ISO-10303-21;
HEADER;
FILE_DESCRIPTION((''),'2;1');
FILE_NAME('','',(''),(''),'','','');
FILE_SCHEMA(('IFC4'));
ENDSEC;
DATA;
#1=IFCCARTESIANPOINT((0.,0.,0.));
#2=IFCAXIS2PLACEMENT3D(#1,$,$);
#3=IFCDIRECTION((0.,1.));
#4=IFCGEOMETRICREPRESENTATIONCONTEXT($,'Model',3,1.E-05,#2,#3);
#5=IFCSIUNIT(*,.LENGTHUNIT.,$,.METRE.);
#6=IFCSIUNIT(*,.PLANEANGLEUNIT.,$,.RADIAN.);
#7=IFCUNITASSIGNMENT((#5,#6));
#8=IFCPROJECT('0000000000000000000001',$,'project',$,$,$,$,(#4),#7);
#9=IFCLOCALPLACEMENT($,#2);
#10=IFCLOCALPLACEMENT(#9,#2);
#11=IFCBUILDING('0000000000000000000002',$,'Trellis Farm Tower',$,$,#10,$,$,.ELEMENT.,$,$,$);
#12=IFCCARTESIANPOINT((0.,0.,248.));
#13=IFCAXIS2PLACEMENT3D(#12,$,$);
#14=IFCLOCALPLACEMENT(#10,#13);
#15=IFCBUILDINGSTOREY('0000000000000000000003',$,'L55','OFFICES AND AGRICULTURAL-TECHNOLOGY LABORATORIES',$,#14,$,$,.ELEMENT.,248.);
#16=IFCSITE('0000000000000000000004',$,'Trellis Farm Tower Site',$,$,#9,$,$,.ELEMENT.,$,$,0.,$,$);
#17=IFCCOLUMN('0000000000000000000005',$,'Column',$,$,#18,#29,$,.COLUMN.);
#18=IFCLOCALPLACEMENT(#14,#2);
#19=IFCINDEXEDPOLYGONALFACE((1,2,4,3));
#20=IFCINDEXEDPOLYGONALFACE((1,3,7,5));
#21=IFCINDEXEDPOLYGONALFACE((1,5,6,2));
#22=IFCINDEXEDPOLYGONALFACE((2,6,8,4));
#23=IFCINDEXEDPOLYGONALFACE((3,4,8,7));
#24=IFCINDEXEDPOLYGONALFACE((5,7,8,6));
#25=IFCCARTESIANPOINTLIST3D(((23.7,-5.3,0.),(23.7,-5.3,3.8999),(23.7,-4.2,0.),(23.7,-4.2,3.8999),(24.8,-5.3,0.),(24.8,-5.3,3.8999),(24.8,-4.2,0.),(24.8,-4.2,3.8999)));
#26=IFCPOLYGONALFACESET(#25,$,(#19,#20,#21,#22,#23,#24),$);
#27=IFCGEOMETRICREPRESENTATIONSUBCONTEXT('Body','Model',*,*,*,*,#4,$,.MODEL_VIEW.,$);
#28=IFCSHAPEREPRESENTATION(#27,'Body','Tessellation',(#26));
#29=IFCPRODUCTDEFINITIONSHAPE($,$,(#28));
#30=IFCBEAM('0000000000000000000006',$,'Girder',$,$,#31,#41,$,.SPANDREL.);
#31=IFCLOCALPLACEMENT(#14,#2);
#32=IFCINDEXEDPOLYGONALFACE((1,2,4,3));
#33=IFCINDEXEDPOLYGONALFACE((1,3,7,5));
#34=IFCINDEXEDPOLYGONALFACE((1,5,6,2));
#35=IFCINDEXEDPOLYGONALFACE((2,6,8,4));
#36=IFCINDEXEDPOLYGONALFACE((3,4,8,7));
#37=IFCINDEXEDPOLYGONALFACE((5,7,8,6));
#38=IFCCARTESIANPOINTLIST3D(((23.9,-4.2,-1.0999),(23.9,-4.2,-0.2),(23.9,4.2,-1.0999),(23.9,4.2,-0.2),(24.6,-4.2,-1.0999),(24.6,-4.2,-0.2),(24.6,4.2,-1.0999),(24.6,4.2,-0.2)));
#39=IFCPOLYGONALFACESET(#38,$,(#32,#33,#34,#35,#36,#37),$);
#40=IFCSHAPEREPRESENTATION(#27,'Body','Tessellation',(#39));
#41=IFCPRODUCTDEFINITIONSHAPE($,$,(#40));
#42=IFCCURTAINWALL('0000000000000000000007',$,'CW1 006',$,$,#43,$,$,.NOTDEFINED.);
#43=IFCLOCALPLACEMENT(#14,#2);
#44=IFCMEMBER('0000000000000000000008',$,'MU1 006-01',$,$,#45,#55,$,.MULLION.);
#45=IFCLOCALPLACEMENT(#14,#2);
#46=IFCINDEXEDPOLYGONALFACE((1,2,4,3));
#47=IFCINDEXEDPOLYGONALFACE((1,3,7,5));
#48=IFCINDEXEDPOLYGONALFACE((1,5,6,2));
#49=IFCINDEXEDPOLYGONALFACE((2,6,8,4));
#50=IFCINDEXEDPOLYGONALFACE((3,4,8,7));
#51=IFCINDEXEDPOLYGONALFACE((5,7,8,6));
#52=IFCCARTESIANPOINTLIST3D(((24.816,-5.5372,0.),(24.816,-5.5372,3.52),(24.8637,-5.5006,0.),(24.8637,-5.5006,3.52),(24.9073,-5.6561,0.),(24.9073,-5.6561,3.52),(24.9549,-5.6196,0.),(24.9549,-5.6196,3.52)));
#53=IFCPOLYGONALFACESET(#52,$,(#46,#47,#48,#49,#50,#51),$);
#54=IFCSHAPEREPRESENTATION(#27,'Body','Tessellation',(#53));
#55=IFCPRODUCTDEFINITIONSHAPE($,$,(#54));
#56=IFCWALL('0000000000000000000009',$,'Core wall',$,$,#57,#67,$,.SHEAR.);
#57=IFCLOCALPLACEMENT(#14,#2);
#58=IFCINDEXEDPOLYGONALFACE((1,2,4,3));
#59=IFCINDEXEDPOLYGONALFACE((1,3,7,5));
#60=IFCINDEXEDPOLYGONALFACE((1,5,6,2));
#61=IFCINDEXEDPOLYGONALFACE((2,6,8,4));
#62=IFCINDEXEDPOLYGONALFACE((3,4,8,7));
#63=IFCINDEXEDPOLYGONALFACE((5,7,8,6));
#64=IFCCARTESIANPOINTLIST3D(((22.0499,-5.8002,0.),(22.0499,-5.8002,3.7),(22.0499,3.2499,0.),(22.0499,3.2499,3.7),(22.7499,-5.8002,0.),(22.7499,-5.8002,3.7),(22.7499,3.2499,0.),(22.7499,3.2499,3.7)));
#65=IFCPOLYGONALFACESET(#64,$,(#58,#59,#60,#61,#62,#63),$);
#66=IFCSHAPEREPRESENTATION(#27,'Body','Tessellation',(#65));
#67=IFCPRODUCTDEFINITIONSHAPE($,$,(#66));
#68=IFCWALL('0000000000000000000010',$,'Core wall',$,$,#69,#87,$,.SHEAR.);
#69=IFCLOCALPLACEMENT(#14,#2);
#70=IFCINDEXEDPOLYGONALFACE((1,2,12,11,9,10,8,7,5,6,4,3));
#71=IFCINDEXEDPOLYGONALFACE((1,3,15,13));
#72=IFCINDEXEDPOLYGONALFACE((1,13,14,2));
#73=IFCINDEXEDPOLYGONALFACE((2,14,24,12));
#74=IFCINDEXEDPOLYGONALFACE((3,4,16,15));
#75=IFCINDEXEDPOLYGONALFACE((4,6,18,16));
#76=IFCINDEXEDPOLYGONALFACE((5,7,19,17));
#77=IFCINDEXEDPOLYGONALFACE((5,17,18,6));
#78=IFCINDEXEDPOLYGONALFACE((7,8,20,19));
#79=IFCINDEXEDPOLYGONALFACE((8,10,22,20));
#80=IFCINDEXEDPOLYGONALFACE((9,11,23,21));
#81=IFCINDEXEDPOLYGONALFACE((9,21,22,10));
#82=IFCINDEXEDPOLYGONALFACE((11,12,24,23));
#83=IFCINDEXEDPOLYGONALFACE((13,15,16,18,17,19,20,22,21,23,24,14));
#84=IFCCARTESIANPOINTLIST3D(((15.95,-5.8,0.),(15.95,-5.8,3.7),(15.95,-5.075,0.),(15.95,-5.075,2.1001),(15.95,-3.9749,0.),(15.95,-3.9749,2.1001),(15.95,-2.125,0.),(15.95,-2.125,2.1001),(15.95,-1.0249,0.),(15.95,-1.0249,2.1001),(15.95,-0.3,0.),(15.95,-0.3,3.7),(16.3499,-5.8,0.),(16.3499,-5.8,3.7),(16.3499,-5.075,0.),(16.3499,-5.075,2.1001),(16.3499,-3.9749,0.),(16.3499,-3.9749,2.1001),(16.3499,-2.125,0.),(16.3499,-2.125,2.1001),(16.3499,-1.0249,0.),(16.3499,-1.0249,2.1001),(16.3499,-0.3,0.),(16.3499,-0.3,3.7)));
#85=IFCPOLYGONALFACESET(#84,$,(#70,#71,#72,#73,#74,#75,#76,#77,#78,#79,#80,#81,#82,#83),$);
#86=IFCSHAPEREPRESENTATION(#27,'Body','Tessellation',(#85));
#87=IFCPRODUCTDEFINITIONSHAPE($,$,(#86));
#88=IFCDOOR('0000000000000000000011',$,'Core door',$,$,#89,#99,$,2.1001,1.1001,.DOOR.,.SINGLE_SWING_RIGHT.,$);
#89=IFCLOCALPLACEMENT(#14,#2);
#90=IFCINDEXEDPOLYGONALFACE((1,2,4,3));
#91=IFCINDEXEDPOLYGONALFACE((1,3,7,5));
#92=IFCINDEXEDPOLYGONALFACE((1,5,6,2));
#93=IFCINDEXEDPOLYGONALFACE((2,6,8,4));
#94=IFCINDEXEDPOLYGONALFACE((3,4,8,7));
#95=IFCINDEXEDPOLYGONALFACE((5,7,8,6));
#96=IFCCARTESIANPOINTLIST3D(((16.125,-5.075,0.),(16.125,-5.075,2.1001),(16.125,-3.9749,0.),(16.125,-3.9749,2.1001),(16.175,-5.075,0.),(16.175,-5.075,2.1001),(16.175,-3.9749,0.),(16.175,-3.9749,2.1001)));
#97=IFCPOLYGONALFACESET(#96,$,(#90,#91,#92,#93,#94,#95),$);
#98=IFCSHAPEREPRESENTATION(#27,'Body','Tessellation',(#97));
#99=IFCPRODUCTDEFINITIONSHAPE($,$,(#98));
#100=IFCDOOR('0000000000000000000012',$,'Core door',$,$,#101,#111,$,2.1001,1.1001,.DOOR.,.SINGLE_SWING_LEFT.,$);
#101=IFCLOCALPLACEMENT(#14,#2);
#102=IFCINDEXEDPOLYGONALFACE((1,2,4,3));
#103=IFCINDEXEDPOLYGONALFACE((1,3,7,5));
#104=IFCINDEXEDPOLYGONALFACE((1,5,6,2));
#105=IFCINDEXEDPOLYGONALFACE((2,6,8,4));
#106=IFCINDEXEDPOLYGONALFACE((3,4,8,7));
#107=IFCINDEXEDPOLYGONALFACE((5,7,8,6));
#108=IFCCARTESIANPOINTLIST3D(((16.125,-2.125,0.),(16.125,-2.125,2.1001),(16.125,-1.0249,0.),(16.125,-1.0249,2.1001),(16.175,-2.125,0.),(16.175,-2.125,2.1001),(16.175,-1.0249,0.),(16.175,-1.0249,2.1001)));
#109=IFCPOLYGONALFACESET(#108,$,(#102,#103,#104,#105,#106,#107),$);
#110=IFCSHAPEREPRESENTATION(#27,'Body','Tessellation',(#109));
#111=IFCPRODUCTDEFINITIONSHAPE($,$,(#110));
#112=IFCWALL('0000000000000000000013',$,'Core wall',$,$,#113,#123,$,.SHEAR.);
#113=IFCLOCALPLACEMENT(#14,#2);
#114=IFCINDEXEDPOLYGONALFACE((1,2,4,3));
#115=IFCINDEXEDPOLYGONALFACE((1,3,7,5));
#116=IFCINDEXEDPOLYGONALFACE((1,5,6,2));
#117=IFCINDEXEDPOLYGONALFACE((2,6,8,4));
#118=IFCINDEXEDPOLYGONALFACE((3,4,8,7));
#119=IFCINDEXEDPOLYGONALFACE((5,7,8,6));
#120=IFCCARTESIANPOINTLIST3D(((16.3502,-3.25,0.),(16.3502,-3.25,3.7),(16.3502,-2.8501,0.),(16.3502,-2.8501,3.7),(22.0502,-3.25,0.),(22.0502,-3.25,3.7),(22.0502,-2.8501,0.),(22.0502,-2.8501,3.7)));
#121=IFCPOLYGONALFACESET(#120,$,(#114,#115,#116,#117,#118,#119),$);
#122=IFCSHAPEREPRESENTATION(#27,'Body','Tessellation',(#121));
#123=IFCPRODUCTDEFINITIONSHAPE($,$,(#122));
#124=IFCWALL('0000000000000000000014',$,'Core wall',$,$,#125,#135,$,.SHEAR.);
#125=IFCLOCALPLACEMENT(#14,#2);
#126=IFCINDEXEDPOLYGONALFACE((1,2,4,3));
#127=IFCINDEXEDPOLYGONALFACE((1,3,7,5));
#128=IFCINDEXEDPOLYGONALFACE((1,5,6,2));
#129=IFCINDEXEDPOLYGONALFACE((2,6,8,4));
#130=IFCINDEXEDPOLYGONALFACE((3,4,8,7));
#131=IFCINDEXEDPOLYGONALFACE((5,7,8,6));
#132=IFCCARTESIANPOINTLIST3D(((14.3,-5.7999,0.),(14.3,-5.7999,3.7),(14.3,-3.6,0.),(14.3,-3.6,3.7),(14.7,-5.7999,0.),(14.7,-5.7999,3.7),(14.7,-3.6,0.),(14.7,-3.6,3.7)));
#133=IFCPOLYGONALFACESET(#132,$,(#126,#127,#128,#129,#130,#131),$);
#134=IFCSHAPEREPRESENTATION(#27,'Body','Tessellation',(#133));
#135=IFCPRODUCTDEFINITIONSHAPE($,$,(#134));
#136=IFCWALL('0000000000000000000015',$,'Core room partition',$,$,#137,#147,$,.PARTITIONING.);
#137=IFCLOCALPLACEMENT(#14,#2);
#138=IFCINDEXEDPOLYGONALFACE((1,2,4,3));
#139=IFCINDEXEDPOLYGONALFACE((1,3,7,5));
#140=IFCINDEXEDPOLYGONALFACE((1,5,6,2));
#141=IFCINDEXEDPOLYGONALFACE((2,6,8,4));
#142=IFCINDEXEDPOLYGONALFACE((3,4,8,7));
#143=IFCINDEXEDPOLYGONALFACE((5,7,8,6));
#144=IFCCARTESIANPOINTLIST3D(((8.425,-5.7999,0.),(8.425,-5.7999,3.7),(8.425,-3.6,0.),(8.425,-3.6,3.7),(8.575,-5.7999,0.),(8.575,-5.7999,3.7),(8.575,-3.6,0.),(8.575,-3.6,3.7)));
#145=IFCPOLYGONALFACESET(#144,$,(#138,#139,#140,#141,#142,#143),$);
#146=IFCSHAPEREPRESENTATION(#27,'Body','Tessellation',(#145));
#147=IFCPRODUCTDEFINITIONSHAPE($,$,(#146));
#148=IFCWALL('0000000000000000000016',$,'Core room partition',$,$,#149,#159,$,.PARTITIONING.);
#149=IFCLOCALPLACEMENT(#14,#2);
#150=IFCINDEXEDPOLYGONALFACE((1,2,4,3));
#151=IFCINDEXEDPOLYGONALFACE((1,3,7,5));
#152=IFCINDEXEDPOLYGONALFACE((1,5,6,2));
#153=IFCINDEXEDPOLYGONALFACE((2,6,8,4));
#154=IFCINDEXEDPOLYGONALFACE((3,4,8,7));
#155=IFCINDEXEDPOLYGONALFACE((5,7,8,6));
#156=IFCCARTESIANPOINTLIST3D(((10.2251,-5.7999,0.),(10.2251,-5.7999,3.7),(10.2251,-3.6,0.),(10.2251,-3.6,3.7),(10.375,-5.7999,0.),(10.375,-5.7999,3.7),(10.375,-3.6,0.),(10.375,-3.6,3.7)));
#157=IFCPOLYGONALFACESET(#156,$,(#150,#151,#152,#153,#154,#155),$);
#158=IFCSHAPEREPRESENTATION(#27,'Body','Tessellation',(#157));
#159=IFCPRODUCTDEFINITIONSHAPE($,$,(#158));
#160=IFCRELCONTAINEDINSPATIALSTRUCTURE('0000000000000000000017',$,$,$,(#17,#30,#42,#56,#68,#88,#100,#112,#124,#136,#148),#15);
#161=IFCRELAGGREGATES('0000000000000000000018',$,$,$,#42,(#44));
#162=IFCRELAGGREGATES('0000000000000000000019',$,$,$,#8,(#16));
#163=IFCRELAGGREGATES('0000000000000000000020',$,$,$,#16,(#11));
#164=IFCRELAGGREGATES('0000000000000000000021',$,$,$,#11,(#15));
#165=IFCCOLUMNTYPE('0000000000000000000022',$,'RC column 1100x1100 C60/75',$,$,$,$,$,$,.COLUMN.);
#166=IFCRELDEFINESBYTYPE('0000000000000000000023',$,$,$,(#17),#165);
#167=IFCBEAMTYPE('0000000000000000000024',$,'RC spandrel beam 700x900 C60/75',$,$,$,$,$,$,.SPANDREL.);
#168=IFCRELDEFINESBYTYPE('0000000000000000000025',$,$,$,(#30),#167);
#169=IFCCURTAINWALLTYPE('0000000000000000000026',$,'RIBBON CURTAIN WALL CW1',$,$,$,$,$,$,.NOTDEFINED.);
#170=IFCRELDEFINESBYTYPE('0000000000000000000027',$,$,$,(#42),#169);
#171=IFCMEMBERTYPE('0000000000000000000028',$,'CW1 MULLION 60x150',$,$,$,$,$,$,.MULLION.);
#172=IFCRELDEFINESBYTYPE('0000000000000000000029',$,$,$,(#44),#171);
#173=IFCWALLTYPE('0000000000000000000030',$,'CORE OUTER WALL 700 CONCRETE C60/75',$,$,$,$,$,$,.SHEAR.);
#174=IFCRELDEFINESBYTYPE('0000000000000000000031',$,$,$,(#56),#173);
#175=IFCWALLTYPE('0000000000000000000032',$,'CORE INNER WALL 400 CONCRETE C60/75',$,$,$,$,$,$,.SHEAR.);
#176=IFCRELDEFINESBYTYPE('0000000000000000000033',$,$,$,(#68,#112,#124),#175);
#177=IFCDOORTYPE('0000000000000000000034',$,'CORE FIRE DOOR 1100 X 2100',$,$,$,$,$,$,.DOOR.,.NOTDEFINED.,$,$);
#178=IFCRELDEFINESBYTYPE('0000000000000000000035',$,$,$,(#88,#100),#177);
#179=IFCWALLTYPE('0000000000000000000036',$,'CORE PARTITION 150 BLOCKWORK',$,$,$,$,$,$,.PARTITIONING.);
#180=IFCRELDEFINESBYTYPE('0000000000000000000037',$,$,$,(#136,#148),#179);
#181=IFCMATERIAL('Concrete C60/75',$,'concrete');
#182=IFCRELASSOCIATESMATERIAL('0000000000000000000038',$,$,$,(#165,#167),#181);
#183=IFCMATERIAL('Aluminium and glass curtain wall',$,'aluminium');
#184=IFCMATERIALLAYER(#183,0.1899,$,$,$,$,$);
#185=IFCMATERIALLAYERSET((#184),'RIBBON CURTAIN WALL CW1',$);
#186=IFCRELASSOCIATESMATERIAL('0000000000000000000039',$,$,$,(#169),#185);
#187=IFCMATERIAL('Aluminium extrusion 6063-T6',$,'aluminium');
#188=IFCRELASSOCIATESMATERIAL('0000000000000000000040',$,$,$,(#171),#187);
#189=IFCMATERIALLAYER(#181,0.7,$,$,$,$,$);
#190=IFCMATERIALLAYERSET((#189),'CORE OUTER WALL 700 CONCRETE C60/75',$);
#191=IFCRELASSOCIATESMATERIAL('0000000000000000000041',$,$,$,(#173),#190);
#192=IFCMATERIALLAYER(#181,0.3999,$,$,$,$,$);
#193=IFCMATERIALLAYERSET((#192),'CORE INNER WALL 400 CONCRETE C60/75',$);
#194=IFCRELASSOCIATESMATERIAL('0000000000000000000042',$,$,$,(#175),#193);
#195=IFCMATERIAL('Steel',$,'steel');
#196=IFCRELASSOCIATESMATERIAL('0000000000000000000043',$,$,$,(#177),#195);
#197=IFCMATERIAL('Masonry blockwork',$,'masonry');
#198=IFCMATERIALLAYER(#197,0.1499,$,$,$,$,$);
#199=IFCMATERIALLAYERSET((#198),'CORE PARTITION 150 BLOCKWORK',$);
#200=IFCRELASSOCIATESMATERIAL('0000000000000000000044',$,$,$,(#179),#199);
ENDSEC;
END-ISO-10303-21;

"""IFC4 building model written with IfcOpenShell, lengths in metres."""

from ifc_helpers import new_model, si_unit, direction, frame, frame_2d, origin, origin_2d, place, context, subcontext, project, spatial, rectangle, extrude, source, transform, mapped, material, layer, layer_set, material_profile, profile_set, type_object, element, fill, aggregate, save


model = new_model("IFC4")

# Units and contexts
model_context = context("Model", 3, precision=1e-05, world=origin(), true_north=direction((0.0, 1.0)))
body_context = subcontext(model_context, "Body", "Model", "MODEL_VIEW")
ifc_project = project(units=[si_unit("LENGTHUNIT", "METRE"), si_unit("PLANEANGLEUNIT", "RADIAN")], contexts=[model_context])

# Site, building, storey
site_placement = place(None, origin())
site = spatial("IfcSite", under=ifc_project, at=site_placement, Name="Trellis Farm Tower Site", CompositionType="ELEMENT", RefElevation=0.0)
building_placement = place(site_placement, origin())
building = spatial("IfcBuilding", under=site, at=building_placement, Name="Trellis Farm Tower", CompositionType="ELEMENT")
storey_placement = place(building_placement, frame((0.0, 0.0, 248.0)))
storey = spatial("IfcBuildingStorey", under=building, at=storey_placement, Name="L55", Description="OFFICES AND AGRICULTURAL-TECHNOLOGY LABORATORIES", CompositionType="ELEMENT", Elevation=248.0)

# Column
ifc_material_1 = material(Name="Concrete C60/75", Category="concrete")
ifc_material_profile_1 = material_profile(ifc_material_1, rectangle(XDim=1.1001, YDim=1.1001, at=origin_2d()), Name="RC column 1100x1100 C60/75")
ifc_profile_set_1 = profile_set([ifc_material_profile_1], Name="Concrete C60/75")
column_type = type_object("IfcColumnType", Name="RC column 1100x1100 C60/75", PredefinedType="COLUMN", material=ifc_profile_set_1)
shared_shape_1 = source(origin(), body_context, "Body", "SweptSolid", [
    extrude(rectangle(XDim=1.1001, YDim=1.1001, at=origin_2d()), origin(), (0.0, 0.0, 1.0), 3.8999),
])
column_placement = place(storey_placement, frame((24.25, -4.75, 0.0), z_axis=(0.0, 0.0, 1.0), x_axis=(1.0, 0.0, 0.0)))
element("IfcColumn", 1, at=column_placement, inside=storey, type_object=column_type, Name="Column", PredefinedType="COLUMN", context=body_context, shape_type="MappedRepresentation", body=[
    mapped(shared_shape_1, transform((0.0, 0.0, 0.0))),
])

# Beam
ifc_material_profile_2 = material_profile(ifc_material_1, rectangle(XDim=0.7, YDim=0.8999, at=origin_2d()), Name="RC spandrel beam 700x900 C60/75")
ifc_profile_set_2 = profile_set([ifc_material_profile_2], Name="Concrete C60/75")
beam_type = type_object("IfcBeamType", Name="RC spandrel beam 700x900 C60/75", PredefinedType="SPANDREL", material=ifc_profile_set_2)
shared_shape_2 = source(origin(), body_context, "Body", "SweptSolid", [
    extrude(rectangle(XDim=0.7, YDim=0.8999, at=origin_2d()), origin(), (0.0, 0.0, 1.0), 8.3999),
])
beam_placement = place(storey_placement, frame((24.25, -4.2, -0.6499), z_axis=(0.0, 1.0, 0.0), x_axis=(-1.0, 0.0, 0.0)))
element("IfcBeam", 2, at=beam_placement, inside=storey, type_object=beam_type, Name="Girder", PredefinedType="SPANDREL", context=body_context, shape_type="MappedRepresentation", body=[
    mapped(shared_shape_2, transform((0.0, 0.0, 0.0))),
])

# Curtain wall, member
ifc_material_2 = material(Name="Aluminium and glass curtain wall", Category="aluminium")
ifc_layer_1 = layer(ifc_material_2, 0.1899)
ifc_layer_set_1 = layer_set([ifc_layer_1], Name="RIBBON CURTAIN WALL CW1")
curtain_wall_type = type_object("IfcCurtainWallType", Name="RIBBON CURTAIN WALL CW1", PredefinedType="NOTDEFINED", material=ifc_layer_set_1)
placement = place(storey_placement, origin())
curtain_wall = element("IfcCurtainWall", 3, at=placement, inside=storey, type_object=curtain_wall_type, Name="CW1 006", PredefinedType="NOTDEFINED")
ifc_material_3 = material(Name="Aluminium extrusion 6063-T6", Category="aluminium")
ifc_material_profile_3 = material_profile(ifc_material_3, rectangle(XDim=0.0601, YDim=0.1499, at=origin_2d()), Name="MULLION 60x150")
ifc_profile_set_3 = profile_set([ifc_material_profile_3], Name="Aluminium extrusion 6063-T6")
member_type = type_object("IfcMemberType", Name="CW1 MULLION 60x150", PredefinedType="MULLION", material=ifc_profile_set_3)
shared_shape_3 = source(origin(), body_context, "Body", "SweptSolid", [
    extrude(rectangle(XDim=0.0601, YDim=0.1499, at=origin_2d()), origin(), (0.0, 0.0, 1.0), 3.52),
])
member_placement = place(storey_placement, frame((24.8855, -5.5784, 0.0), z_axis=(0.0, 0.0, 1.0), x_axis=(0.793353, 0.608761, 0.0)))
member = element("IfcMember", 4, at=member_placement, type_object=member_type, Name="MU1 006-01", PredefinedType="MULLION", context=body_context, shape_type="MappedRepresentation", body=[
    mapped(shared_shape_3, transform((0.0, 0.0, 0.0))),
])
aggregate(curtain_wall, [member])

# Wall
ifc_layer_2 = layer(ifc_material_1, 0.7)
ifc_layer_set_2 = layer_set([ifc_layer_2], Name="CORE OUTER WALL 700 CONCRETE C60/75")
wall_type_1 = type_object("IfcWallType", Name="CORE OUTER WALL 700 CONCRETE C60/75", PredefinedType="SHEAR", material=ifc_layer_set_2)
shared_shape_4 = source(origin(), body_context, "Body", "SweptSolid", [
    extrude(rectangle(XDim=9.05, YDim=0.7, at=frame_2d((4.5249, 0.0))), origin(), (0.0, 0.0, 1.0), 3.7),
])
wall_1_placement = place(storey_placement, frame((22.3999, -5.8, 0.0), z_axis=(0.0, 0.0, 1.0), x_axis=(0.0, 1.0, 0.0)))
element("IfcWall", 5, at=wall_1_placement, inside=storey, type_object=wall_type_1, Name="Core wall", PredefinedType="SHEAR", context=body_context, shape_type="MappedRepresentation", body=[
    mapped(shared_shape_4, transform((0.0, 0.0, 0.0))),
])

# Wall, openings, doors
ifc_layer_3 = layer(ifc_material_1, 0.3999)
ifc_layer_set_3 = layer_set([ifc_layer_3], Name="CORE INNER WALL 400 CONCRETE C60/75")
wall_type_2 = type_object("IfcWallType", Name="CORE INNER WALL 400 CONCRETE C60/75", PredefinedType="SHEAR", material=ifc_layer_set_3)
shared_shape_5 = source(origin(), body_context, "Body", "SweptSolid", [
    extrude(rectangle(XDim=5.5, YDim=0.3999, at=frame_2d((2.75, 0.0))), origin(), (0.0, 0.0, 1.0), 3.7),
])
wall_2_placement = place(storey_placement, frame((16.1499, -5.8, 0.0), z_axis=(0.0, 0.0, 1.0), x_axis=(0.0, 1.0, 0.0)))
wall_2 = element("IfcWall", 6, at=wall_2_placement, inside=storey, type_object=wall_type_2, Name="Core wall", PredefinedType="SHEAR", context=body_context, shape_type="MappedRepresentation", body=[
    mapped(shared_shape_5, transform((0.0, 0.0, 0.0))),
])
shared_shape_6 = source(origin(), body_context, "Body", "SweptSolid", [
    extrude(rectangle(XDim=1.1001, YDim=2.1001, at=frame_2d((0.55, 1.05))), frame((0.0, 0.21, 0.0), z_axis=(0.0, -1.0, 0.0), x_axis=(1.0, 0.0, 0.0)), (0.0, 0.0, 1.0), 0.4199),
])
opening_1_placement = place(wall_2_placement, frame((0.7251, 0.0, 0.0)))
opening_1 = element("IfcOpeningElement", 7, at=opening_1_placement, cuts=wall_2, PredefinedType="OPENING", context=body_context, shape_type="MappedRepresentation", body=[
    mapped(shared_shape_6, transform((0.0, 0.0, 0.0))),
])
opening_2_placement = place(wall_2_placement, frame((3.675, 0.0, 0.0)))
opening_2 = element("IfcOpeningElement", 8, at=opening_2_placement, cuts=wall_2, PredefinedType="OPENING", context=body_context, shape_type="MappedRepresentation", body=[
    mapped(shared_shape_6, transform((0.0, 0.0, 0.0))),
])
ifc_material_4 = material(Name="Steel", Category="steel")
door_type = type_object("IfcDoorType", Name="CORE FIRE DOOR 1100 X 2100", OperationType="NOTDEFINED", PredefinedType="DOOR", material=ifc_material_4)
shared_shape_7 = source(origin(), body_context, "Body", "SweptSolid", [
    extrude(rectangle(XDim=1.1001, YDim=2.1001, at=frame_2d((0.55, 1.05))), frame((0.0, 0.0249, 0.0), z_axis=(0.0, -1.0, 0.0), x_axis=(1.0, 0.0, 0.0)), (0.0, 0.0, 1.0), 0.05),
])
door_1_placement = place(opening_1_placement, origin())
door_1 = element("IfcDoor", 9, at=door_1_placement, inside=storey, type_object=door_type, Name="Core door", OperationType="SINGLE_SWING_RIGHT", OverallHeight=2.1001, OverallWidth=1.1001, PredefinedType="DOOR", context=body_context, shape_type="MappedRepresentation", body=[
    mapped(shared_shape_7, transform((0.0, 0.0, 0.0))),
])
fill(opening_1, door_1)
door_2_placement = place(opening_2_placement, origin())
door_2 = element("IfcDoor", 10, at=door_2_placement, inside=storey, type_object=door_type, Name="Core door", OperationType="SINGLE_SWING_LEFT", OverallHeight=2.1001, OverallWidth=1.1001, PredefinedType="DOOR", context=body_context, shape_type="MappedRepresentation", body=[
    mapped(shared_shape_7, transform((0.0, 0.0, 0.0))),
])
fill(opening_2, door_2)

# Walls
shared_shape_8 = source(origin(), body_context, "Body", "SweptSolid", [
    extrude(rectangle(XDim=5.7, YDim=0.3999, at=frame_2d((2.8501, 0.0))), origin(), (0.0, 0.0, 1.0), 3.7),
])
wall_3_placement = place(storey_placement, frame((16.3501, -3.05, 0.0), z_axis=(0.0, 0.0, 1.0), x_axis=(1.0, 0.0, 0.0)))
element("IfcWall", 11, at=wall_3_placement, inside=storey, type_object=wall_type_2, Name="Core wall", PredefinedType="SHEAR", context=body_context, shape_type="MappedRepresentation", body=[
    mapped(shared_shape_8, transform((0.0, 0.0, 0.0))),
])
shared_shape_9 = source(origin(), body_context, "Body", "SweptSolid", [
    extrude(rectangle(XDim=2.2, YDim=0.3999, at=frame_2d((1.1001, 0.0))), origin(), (0.0, 0.0, 1.0), 3.7),
])
wall_4_placement = place(storey_placement, frame((14.5, -5.8, 0.0), z_axis=(0.0, 0.0, 1.0), x_axis=(0.0, 1.0, 0.0)))
element("IfcWall", 12, at=wall_4_placement, inside=storey, type_object=wall_type_2, Name="Core wall", PredefinedType="SHEAR", context=body_context, shape_type="MappedRepresentation", body=[
    mapped(shared_shape_9, transform((0.0, 0.0, 0.0))),
])
ifc_material_5 = material(Name="Masonry blockwork", Category="masonry")
ifc_layer_4 = layer(ifc_material_5, 0.1499)
ifc_layer_set_4 = layer_set([ifc_layer_4], Name="CORE PARTITION 150 BLOCKWORK")
wall_type_3 = type_object("IfcWallType", Name="CORE PARTITION 150 BLOCKWORK", PredefinedType="PARTITIONING", material=ifc_layer_set_4)
shared_shape_10 = source(origin(), body_context, "Body", "SweptSolid", [
    extrude(rectangle(XDim=2.2, YDim=0.1499, at=frame_2d((1.1001, 0.0))), origin(), (0.0, 0.0, 1.0), 3.7),
])
for number, where, z_axis, x_axis, name in (
    (13, (8.5, -5.8, 0.0), (0.0, 0.0, 1.0), (0.0, 1.0, 0.0), "Core room partition"),
    (14, (10.3, -5.8, 0.0), (0.0, 0.0, 1.0), (0.0, 1.0, 0.0), "Core room partition"),
):
    element("IfcWall", number, at=place(storey_placement, frame(where, z_axis=z_axis, x_axis=x_axis)), inside=storey, type_object=wall_type_3, Name=name, PredefinedType="PARTITIONING", context=body_context, shape_type="MappedRepresentation", body=[
        mapped(shared_shape_10, transform((0.0, 0.0, 0.0))),
    ])

save(model, "model.ifc")
